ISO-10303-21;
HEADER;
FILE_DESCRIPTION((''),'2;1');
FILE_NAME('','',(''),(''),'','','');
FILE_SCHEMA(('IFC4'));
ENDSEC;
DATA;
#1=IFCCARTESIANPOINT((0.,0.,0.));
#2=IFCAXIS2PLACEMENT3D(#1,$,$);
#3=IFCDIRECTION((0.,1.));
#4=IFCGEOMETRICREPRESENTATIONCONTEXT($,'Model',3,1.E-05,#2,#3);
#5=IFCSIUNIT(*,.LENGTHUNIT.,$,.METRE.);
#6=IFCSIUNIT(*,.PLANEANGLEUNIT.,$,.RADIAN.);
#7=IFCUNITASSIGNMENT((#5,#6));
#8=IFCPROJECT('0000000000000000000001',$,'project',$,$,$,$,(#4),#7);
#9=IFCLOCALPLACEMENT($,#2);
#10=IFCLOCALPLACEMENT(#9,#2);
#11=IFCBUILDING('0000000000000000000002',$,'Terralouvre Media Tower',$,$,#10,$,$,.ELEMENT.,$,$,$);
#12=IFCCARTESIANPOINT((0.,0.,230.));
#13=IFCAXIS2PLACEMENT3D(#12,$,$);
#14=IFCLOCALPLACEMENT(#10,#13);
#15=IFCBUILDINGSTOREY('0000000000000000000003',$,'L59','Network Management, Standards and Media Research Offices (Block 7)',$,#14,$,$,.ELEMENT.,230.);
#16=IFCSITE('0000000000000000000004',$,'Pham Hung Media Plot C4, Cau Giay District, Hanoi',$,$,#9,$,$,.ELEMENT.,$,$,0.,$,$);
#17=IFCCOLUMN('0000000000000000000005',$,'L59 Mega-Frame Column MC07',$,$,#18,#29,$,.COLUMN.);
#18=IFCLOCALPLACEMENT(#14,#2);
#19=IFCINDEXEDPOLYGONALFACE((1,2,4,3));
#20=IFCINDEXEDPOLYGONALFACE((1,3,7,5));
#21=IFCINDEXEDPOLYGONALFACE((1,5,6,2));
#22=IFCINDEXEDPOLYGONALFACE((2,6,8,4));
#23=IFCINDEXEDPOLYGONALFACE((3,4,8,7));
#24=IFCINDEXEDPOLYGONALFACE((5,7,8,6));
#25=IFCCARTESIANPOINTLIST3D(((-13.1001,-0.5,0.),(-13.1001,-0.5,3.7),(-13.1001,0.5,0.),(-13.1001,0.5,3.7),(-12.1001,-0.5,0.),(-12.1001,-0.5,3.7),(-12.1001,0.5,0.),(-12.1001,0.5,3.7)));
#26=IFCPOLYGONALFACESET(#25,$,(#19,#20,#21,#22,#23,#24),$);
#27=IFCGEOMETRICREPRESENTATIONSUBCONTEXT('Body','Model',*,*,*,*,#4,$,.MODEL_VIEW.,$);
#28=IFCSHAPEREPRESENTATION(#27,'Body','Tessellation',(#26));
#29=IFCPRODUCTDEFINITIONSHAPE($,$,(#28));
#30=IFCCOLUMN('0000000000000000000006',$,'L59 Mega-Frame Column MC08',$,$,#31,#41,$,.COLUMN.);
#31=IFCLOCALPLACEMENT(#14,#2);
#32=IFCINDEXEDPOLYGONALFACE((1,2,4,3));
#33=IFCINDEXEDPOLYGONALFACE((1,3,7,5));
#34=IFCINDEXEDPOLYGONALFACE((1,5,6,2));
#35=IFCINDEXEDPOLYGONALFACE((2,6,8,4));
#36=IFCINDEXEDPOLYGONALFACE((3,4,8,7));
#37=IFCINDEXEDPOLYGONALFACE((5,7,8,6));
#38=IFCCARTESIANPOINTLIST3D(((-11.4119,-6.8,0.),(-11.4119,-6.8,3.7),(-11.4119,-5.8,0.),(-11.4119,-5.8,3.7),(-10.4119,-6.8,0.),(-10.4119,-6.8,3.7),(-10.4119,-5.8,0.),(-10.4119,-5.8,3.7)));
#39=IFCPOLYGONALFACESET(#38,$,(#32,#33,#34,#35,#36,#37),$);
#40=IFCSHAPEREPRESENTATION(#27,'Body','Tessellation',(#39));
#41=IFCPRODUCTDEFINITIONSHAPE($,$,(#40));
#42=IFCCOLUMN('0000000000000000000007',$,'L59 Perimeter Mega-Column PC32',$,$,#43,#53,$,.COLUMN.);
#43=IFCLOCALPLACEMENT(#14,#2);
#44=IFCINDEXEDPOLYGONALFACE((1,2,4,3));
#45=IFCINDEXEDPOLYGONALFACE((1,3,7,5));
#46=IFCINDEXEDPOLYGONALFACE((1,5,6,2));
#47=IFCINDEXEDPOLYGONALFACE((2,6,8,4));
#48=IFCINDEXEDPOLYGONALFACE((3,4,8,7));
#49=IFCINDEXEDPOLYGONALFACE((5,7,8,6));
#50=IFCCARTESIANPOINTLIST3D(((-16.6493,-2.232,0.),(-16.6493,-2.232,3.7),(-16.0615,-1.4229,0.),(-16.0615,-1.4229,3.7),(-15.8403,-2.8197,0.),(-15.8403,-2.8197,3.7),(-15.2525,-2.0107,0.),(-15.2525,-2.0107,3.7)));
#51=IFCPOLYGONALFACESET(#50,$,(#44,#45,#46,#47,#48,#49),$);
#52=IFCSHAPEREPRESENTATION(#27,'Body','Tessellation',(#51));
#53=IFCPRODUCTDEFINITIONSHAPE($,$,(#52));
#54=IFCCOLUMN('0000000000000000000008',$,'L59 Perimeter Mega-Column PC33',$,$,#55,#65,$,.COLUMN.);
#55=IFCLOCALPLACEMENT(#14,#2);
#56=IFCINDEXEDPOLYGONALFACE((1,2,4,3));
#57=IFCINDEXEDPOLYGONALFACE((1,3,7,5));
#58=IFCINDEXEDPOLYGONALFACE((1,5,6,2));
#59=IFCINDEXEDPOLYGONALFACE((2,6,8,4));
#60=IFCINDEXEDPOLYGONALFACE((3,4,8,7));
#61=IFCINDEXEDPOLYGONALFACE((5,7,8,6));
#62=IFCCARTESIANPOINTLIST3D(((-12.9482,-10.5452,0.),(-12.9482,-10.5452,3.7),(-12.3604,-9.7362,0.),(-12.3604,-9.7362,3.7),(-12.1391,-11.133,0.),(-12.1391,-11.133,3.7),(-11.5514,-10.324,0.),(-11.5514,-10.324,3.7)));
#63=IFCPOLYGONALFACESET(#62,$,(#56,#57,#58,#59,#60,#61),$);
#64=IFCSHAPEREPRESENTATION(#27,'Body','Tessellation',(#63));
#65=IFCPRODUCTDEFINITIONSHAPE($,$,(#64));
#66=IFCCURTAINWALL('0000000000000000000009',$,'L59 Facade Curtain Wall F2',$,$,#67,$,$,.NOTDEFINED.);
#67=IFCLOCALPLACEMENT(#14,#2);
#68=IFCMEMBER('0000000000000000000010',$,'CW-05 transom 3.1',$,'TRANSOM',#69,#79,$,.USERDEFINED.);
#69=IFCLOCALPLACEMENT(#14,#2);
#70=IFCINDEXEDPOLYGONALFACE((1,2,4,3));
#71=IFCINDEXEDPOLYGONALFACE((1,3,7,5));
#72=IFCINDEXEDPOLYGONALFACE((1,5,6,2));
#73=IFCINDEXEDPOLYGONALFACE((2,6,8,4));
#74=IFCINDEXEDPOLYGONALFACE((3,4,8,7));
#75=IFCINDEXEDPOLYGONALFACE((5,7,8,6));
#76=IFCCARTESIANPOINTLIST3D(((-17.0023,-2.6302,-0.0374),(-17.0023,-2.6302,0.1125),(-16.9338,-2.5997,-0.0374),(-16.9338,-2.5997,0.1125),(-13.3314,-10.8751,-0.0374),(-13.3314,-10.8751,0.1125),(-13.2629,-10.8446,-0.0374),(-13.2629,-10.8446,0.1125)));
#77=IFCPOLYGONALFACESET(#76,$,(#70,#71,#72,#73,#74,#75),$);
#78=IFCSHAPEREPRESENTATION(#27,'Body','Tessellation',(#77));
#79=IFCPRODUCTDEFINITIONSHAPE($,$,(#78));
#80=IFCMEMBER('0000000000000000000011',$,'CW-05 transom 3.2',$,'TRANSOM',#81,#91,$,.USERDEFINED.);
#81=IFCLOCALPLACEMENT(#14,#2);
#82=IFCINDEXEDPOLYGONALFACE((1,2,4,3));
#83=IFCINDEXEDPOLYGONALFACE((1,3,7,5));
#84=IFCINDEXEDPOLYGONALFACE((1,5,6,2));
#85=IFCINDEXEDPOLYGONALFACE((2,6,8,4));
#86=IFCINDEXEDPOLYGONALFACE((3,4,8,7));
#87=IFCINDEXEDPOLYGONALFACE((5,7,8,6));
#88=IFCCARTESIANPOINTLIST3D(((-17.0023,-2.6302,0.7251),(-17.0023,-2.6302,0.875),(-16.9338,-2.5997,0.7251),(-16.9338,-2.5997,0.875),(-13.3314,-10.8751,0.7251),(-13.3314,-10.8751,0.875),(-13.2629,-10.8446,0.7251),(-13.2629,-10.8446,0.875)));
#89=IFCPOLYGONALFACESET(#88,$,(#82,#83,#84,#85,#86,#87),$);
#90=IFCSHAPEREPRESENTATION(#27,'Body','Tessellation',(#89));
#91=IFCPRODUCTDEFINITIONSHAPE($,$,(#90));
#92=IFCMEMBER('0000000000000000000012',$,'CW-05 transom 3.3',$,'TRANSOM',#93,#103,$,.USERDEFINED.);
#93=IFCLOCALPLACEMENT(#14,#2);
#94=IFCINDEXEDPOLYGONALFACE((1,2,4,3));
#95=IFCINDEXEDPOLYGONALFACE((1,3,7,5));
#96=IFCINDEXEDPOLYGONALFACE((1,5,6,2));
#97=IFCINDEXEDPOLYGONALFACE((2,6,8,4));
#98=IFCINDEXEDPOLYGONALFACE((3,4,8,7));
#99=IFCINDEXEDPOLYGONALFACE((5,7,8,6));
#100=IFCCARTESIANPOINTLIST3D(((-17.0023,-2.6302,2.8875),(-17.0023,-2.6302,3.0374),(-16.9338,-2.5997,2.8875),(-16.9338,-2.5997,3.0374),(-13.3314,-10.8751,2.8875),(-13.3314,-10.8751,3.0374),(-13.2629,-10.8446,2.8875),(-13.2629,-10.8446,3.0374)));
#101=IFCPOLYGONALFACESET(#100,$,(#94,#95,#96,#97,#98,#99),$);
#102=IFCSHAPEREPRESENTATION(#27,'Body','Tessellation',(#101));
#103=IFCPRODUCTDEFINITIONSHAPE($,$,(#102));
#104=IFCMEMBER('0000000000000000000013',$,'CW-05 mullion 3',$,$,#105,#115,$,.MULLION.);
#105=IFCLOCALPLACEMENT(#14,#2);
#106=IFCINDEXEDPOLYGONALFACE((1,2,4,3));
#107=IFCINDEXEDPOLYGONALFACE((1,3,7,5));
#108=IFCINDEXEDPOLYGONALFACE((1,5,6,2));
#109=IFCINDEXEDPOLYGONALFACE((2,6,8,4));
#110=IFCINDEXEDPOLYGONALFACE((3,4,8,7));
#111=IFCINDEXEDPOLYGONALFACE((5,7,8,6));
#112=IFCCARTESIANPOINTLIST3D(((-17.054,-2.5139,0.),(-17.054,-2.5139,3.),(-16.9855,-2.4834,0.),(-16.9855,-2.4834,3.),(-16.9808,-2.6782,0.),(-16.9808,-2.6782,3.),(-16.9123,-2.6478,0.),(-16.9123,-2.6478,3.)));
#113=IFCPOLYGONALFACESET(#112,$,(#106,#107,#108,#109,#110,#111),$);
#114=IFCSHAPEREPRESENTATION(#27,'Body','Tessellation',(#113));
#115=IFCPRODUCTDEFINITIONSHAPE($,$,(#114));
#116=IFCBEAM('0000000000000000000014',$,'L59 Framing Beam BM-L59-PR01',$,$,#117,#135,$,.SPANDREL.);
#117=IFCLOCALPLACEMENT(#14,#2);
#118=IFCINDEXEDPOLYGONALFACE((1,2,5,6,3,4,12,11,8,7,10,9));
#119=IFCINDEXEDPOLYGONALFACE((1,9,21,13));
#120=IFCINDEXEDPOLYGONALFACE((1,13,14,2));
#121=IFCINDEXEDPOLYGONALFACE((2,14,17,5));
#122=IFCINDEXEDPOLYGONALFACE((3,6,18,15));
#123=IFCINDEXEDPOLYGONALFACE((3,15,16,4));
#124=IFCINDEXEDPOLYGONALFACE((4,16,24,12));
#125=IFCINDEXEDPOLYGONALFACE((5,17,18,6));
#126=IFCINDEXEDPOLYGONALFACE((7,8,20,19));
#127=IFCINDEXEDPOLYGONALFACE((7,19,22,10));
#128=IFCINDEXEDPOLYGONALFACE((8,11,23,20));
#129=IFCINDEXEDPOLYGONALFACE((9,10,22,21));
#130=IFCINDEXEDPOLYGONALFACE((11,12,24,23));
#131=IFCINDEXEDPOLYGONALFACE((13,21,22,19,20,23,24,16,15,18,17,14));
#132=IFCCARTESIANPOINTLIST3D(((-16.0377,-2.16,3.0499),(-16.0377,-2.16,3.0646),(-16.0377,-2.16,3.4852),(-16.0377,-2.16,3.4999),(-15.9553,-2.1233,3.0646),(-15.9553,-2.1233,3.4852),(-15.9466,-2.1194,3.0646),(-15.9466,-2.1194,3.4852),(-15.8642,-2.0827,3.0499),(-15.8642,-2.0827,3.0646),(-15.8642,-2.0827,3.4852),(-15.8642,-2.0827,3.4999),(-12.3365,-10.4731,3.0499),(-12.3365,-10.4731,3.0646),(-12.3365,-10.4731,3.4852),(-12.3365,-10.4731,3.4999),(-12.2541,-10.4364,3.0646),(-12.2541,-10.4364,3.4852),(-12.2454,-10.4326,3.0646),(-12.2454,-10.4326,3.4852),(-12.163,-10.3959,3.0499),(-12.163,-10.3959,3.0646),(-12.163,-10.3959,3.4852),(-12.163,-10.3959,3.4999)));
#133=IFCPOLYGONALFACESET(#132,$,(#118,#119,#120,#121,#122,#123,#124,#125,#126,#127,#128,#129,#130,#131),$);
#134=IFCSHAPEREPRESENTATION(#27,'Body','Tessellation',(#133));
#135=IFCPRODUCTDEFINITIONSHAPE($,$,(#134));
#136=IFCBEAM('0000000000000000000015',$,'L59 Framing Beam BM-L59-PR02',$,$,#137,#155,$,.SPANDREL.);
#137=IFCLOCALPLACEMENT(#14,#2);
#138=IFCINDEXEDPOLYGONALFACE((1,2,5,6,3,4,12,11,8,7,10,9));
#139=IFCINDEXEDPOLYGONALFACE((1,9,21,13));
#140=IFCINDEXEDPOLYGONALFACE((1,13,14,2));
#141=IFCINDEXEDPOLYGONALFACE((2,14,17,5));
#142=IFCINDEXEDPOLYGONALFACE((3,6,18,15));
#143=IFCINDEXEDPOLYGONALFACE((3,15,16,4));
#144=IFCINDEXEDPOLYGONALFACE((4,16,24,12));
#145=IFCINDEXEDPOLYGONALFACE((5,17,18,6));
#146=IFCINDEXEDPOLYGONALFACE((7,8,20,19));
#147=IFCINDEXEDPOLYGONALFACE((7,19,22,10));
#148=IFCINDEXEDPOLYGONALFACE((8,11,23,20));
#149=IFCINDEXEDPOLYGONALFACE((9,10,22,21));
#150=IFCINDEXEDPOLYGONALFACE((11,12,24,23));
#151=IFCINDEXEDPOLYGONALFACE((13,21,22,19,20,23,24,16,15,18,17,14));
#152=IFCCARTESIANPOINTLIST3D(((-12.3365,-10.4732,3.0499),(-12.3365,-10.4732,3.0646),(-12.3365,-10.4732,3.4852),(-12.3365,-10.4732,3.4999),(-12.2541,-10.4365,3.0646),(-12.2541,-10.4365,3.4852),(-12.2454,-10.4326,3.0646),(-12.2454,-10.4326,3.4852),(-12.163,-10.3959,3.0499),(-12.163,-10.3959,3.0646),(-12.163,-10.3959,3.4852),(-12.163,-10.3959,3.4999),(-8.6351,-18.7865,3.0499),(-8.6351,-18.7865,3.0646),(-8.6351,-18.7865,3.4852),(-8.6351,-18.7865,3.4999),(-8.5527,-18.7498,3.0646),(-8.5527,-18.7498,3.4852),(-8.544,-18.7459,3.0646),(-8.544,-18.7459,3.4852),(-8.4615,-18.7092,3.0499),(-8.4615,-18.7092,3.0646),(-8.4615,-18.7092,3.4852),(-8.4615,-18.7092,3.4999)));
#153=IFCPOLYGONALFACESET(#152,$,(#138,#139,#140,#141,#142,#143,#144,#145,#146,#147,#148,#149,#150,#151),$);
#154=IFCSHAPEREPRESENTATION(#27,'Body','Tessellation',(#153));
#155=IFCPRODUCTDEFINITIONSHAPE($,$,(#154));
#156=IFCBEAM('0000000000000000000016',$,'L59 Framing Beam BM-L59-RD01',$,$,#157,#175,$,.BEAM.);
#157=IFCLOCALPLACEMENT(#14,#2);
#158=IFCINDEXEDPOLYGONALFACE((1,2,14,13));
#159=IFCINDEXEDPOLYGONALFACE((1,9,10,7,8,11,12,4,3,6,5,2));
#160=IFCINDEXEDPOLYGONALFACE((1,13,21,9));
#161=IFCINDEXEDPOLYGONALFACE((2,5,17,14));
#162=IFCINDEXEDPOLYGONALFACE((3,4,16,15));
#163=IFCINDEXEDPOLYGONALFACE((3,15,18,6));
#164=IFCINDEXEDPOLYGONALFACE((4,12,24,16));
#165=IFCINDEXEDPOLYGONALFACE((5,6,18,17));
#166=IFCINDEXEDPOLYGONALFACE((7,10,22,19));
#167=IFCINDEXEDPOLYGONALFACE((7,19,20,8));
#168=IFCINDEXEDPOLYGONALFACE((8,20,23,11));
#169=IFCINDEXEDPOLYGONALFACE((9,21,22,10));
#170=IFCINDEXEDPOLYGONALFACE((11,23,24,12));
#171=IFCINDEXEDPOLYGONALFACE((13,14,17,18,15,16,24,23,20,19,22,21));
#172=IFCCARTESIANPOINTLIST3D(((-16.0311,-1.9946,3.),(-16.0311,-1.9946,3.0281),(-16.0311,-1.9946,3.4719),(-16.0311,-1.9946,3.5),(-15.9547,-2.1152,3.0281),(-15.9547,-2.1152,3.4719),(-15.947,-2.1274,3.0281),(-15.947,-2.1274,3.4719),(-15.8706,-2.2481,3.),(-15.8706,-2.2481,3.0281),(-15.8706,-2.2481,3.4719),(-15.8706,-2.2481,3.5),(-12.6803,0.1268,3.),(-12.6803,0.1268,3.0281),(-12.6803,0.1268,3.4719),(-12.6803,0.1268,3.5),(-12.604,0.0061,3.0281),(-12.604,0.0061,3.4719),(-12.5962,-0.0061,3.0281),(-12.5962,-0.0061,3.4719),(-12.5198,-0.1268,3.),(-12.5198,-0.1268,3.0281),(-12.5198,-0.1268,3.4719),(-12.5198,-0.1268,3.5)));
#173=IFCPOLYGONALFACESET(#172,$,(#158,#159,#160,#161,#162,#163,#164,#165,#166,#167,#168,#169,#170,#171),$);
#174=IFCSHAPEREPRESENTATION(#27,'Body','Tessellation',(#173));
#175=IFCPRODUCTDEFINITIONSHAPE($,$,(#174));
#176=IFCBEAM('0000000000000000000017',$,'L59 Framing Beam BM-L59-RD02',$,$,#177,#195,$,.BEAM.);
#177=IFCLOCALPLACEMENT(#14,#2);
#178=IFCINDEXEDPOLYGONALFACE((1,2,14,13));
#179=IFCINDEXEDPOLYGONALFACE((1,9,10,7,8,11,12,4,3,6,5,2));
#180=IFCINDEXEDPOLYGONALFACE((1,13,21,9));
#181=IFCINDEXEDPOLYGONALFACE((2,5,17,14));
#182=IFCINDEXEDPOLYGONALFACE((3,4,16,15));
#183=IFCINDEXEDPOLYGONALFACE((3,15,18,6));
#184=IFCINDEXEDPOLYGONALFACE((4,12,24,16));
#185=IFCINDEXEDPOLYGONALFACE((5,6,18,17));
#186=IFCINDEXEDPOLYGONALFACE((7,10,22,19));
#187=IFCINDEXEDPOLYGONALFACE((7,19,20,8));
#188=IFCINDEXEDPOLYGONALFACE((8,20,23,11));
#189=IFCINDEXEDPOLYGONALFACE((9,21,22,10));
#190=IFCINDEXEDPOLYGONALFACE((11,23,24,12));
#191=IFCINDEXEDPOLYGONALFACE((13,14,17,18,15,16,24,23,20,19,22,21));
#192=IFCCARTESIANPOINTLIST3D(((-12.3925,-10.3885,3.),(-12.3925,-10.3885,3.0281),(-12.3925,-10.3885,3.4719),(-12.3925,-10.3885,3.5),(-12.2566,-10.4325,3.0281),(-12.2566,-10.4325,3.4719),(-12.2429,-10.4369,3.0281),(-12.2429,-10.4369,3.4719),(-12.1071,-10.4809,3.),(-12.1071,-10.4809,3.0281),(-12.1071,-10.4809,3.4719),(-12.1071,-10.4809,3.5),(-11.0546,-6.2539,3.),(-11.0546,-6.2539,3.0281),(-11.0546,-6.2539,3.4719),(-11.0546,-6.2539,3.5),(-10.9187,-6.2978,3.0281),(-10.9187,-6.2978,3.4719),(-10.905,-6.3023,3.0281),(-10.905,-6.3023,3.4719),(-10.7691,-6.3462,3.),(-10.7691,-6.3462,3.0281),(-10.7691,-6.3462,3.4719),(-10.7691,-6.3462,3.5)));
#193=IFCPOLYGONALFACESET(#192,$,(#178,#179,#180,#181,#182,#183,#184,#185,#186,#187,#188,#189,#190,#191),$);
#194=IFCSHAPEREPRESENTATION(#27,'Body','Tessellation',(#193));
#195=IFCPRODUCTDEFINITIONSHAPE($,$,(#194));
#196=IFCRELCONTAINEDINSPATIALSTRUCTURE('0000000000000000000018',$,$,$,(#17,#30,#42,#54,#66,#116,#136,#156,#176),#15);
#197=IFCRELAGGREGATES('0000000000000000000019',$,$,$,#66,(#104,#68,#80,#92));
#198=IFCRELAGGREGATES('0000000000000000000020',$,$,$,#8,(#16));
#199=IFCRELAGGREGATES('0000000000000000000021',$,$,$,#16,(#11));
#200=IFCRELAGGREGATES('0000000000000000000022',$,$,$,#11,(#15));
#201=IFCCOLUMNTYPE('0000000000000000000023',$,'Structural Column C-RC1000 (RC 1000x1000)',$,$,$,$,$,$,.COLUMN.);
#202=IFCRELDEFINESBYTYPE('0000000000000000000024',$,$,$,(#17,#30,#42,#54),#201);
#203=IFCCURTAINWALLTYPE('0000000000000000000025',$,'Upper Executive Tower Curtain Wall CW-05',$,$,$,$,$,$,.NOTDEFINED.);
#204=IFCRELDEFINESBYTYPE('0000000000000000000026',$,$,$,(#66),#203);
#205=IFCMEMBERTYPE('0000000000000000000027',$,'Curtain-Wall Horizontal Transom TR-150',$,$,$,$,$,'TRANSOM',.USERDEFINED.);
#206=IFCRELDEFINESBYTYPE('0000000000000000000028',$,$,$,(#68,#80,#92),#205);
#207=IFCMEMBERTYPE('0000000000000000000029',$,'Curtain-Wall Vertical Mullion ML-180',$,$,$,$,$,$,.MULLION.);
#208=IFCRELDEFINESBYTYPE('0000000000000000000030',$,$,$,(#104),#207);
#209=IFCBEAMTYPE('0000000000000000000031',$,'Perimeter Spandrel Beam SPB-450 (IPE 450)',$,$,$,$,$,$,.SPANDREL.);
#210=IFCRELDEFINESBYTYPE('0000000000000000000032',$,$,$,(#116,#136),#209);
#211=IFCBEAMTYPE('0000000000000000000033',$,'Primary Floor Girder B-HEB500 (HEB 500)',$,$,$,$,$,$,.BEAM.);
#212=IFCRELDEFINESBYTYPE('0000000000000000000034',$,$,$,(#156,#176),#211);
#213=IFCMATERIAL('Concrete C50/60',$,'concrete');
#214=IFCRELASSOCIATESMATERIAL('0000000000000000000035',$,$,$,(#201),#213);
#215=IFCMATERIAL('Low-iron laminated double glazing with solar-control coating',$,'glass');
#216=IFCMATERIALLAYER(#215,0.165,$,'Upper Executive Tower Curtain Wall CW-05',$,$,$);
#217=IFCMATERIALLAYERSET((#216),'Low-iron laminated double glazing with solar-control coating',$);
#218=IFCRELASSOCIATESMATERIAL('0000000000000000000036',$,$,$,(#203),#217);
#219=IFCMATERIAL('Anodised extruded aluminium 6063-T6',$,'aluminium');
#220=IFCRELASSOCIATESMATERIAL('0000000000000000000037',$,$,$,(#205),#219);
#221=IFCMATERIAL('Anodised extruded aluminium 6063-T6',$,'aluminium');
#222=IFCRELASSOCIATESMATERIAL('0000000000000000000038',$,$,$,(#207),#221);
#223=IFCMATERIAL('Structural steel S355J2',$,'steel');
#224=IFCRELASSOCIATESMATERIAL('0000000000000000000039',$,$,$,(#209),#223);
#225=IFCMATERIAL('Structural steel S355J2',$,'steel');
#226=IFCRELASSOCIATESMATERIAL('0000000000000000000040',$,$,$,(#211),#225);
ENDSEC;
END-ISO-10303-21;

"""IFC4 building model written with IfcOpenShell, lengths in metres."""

from ifc_helpers import new_model, si_unit, direction, frame, origin, origin_2d, place, context, subcontext, project, spatial, rectangle, i_section, extrude, material, layer, layer_set, material_profile, profile_set, type_object, element, aggregate, save


model = new_model("IFC4")

# Units and contexts
model_context = context("Model", 3, precision=1e-05, world=origin(), true_north=direction((0.0, 1.0)))
body_context = subcontext(model_context, "Body", "Model", "MODEL_VIEW")
ifc_project = project(units=[si_unit("LENGTHUNIT", "METRE"), si_unit("PLANEANGLEUNIT", "RADIAN")], contexts=[model_context])

# Site, building, storey
site_placement = place(None, origin())
site = spatial("IfcSite", under=ifc_project, at=site_placement, Name="Pham Hung Media Plot C4, Cau Giay District, Hanoi", CompositionType="ELEMENT", RefElevation=0.0)
building_placement = place(site_placement, origin())
building = spatial("IfcBuilding", under=site, at=building_placement, Name="Terralouvre Media Tower", CompositionType="ELEMENT")
storey_placement = place(building_placement, frame((0.0, 0.0, 230.0)))
storey = spatial("IfcBuildingStorey", under=building, at=storey_placement, Name="L59", Description="Network Management, Standards and Media Research Offices (Block 7)", CompositionType="ELEMENT", Elevation=230.0)

# Columns
ifc_material_1 = material(Name="Concrete C50/60", Category="concrete")
ifc_material_profile_1 = material_profile(ifc_material_1, rectangle(XDim=1.0, YDim=1.0, at=origin_2d()), Name="RC 1000x1000")
ifc_profile_set_1 = profile_set([ifc_material_profile_1], Name="Concrete C50/60")
column_type = type_object("IfcColumnType", Name="Structural Column C-RC1000 (RC 1000x1000)", PredefinedType="COLUMN", material=ifc_profile_set_1)
for number, where, z_axis, x_axis, name in (
    (1, (-12.6001, 0.0, 0.0), (0.0, 0.0, 1.0), (1.0, 0.0, 0.0), "L59 Mega-Frame Column MC07"),
    (2, (-10.9119, -6.3, 0.0), (0.0, 0.0, 1.0), (1.0, 0.0, 0.0), "L59 Mega-Frame Column MC08"),
    (3, (-15.9509, -2.1213, 0.0), (0.0, 0.0, 1.0), (0.587785, 0.809017, 0.0), "L59 Perimeter Mega-Column PC32"),
    (4, (-12.2498, -10.4346, 0.0), (0.0, 0.0, 1.0), (0.587785, 0.809017, 0.0), "L59 Perimeter Mega-Column PC33"),
):
    element("IfcColumn", number, at=place(storey_placement, frame(where, z_axis=z_axis, x_axis=x_axis)), inside=storey, type_object=column_type, Name=name, PredefinedType="COLUMN", context=body_context, shape_type="SweptSolid", body=[
        extrude(rectangle(XDim=1.0, YDim=1.0, at=origin_2d()), origin(), (0.0, 0.0, 1.0), 3.7),
    ])

# Curtain wall, members
ifc_material_2 = material(Name="Low-iron laminated double glazing with solar-control coating", Category="glass")
ifc_layer_1 = layer(ifc_material_2, 0.165, Name="Upper Executive Tower Curtain Wall CW-05")
ifc_layer_set_1 = layer_set([ifc_layer_1], Name="Low-iron laminated double glazing with solar-control coating")
curtain_wall_type = type_object("IfcCurtainWallType", Name="Upper Executive Tower Curtain Wall CW-05", PredefinedType="NOTDEFINED", material=ifc_layer_set_1)
curtain_wall_placement = place(storey_placement, origin())
curtain_wall = element("IfcCurtainWall", 5, at=curtain_wall_placement, inside=storey, type_object=curtain_wall_type, Name="L59 Facade Curtain Wall F2", PredefinedType="NOTDEFINED")
ifc_material_3 = material(Name="Anodised extruded aluminium 6063-T6", Category="aluminium")
ifc_material_profile_2 = material_profile(ifc_material_3, rectangle(XDim=0.075, YDim=0.1499, at=origin_2d()), Name="ALU 75x150")
ifc_profile_set_2 = profile_set([ifc_material_profile_2], Name="Anodised extruded aluminium 6063-T6")
member_type_1 = type_object("IfcMemberType", Name="Curtain-Wall Horizontal Transom TR-150", ElementType="TRANSOM", PredefinedType="USERDEFINED", material=ifc_profile_set_2)
member_1_placement = place(storey_placement, frame((-16.968, -2.615, 0.0376), z_axis=(0.406741, -0.913544, 0.0), x_axis=(0.913544, 0.406741, 0.0)))
member_1 = element("IfcMember", 6, at=member_1_placement, type_object=member_type_1, Name="CW-05 transom 3.1", ObjectType="TRANSOM", PredefinedType="USERDEFINED", context=body_context, shape_type="SweptSolid", body=[
    extrude(rectangle(XDim=0.075, YDim=0.1499, at=origin_2d()), origin(), (0.0, 0.0, 1.0), 9.0251),
])
member_2_placement = place(storey_placement, frame((-16.968, -2.615, 0.8), z_axis=(0.406741, -0.913544, 0.0), x_axis=(0.913544, 0.406741, 0.0)))
member_2 = element("IfcMember", 7, at=member_2_placement, type_object=member_type_1, Name="CW-05 transom 3.2", ObjectType="TRANSOM", PredefinedType="USERDEFINED", context=body_context, shape_type="SweptSolid", body=[
    extrude(rectangle(XDim=0.075, YDim=0.1499, at=origin_2d()), origin(), (0.0, 0.0, 1.0), 9.0251),
])
member_3_placement = place(storey_placement, frame((-16.968, -2.615, 2.9624), z_axis=(0.406741, -0.913544, 0.0), x_axis=(0.913544, 0.406741, 0.0)))
member_3 = element("IfcMember", 8, at=member_3_placement, type_object=member_type_1, Name="CW-05 transom 3.3", ObjectType="TRANSOM", PredefinedType="USERDEFINED", context=body_context, shape_type="SweptSolid", body=[
    extrude(rectangle(XDim=0.075, YDim=0.1499, at=origin_2d()), origin(), (0.0, 0.0, 1.0), 9.0251),
])
ifc_material_4 = material(Name="Anodised extruded aluminium 6063-T6", Category="aluminium")
ifc_material_profile_3 = material_profile(ifc_material_4, rectangle(XDim=0.075, YDim=0.1799, at=origin_2d()), Name="ALU 75x180")
ifc_profile_set_3 = profile_set([ifc_material_profile_3], Name="Anodised extruded aluminium 6063-T6")
member_type_2 = type_object("IfcMemberType", Name="Curtain-Wall Vertical Mullion ML-180", PredefinedType="MULLION", material=ifc_profile_set_3)
member_4_placement = place(storey_placement, frame((-16.9832, -2.5808, 0.0), z_axis=(0.0, 0.0, 1.0), x_axis=(0.913545, 0.406737, 0.0)))
member_4 = element("IfcMember", 9, at=member_4_placement, type_object=member_type_2, Name="CW-05 mullion 3", PredefinedType="MULLION", context=body_context, shape_type="SweptSolid", body=[
    extrude(rectangle(XDim=0.075, YDim=0.1799, at=origin_2d()), origin(), (0.0, 0.0, 1.0), 3.0),
])

# Beams
ifc_material_5 = material(Name="Structural steel S355J2", Category="steel")
ifc_material_profile_4 = material_profile(ifc_material_5, i_section(OverallWidth=0.1899, OverallDepth=0.45, WebThickness=0.0095, FlangeThickness=0.0146, at=origin_2d()), Name="IPE 450")
ifc_profile_set_4 = profile_set([ifc_material_profile_4], Name="Structural steel S355J2")
beam_type_1 = type_object("IfcBeamType", Name="Perimeter Spandrel Beam SPB-450 (IPE 450)", PredefinedType="SPANDREL", material=ifc_profile_set_4)
beam_1_placement = place(storey_placement, frame((-15.9509, -2.1213, 3.2749), z_axis=(0.406726, -0.91355, 0.0), x_axis=(0.91355, 0.406726, 0.0)))
element("IfcBeam", 10, at=beam_1_placement, inside=storey, type_object=beam_type_1, Name="L59 Framing Beam BM-L59-PR01", PredefinedType="SPANDREL", context=body_context, shape_type="SweptSolid", body=[
    extrude(i_section(OverallWidth=0.1899, OverallDepth=0.45, WebThickness=0.0095, FlangeThickness=0.0146, at=origin_2d()), origin(), (0.0, 0.0, 1.0), 9.0999),
])
beam_2_placement = place(storey_placement, frame((-12.2498, -10.4346, 3.2749), z_axis=(0.406748, -0.91354, 0.0), x_axis=(0.91354, 0.406748, 0.0)))
element("IfcBeam", 11, at=beam_2_placement, inside=storey, type_object=beam_type_1, Name="L59 Framing Beam BM-L59-PR02", PredefinedType="SPANDREL", context=body_context, shape_type="SweptSolid", body=[
    extrude(i_section(OverallWidth=0.1899, OverallDepth=0.45, WebThickness=0.0095, FlangeThickness=0.0146, at=origin_2d()), origin(), (0.0, 0.0, 1.0), 9.1001),
])
ifc_material_6 = material(Name="Structural steel S355J2", Category="steel")
ifc_material_profile_5 = material_profile(ifc_material_6, i_section(OverallWidth=0.3, OverallDepth=0.5, WebThickness=0.0144, FlangeThickness=0.0281, at=origin_2d()), Name="HEB 500")
ifc_profile_set_5 = profile_set([ifc_material_profile_5], Name="Structural steel S355J2")
beam_type_2 = type_object("IfcBeamType", Name="Primary Floor Girder B-HEB500 (HEB 500)", PredefinedType="BEAM", material=ifc_profile_set_5)
beam_3_placement = place(storey_placement, frame((-12.6001, 0.0, 3.25), z_axis=(-0.844916, -0.534898, 0.0), x_axis=(0.534898, -0.844916, 0.0)))
element("IfcBeam", 12, at=beam_3_placement, inside=storey, type_object=beam_type_2, Name="L59 Framing Beam BM-L59-RD01", PredefinedType="BEAM", context=body_context, shape_type="SweptSolid", body=[
    extrude(i_section(OverallWidth=0.3, OverallDepth=0.5, WebThickness=0.0144, FlangeThickness=0.0281, at=origin_2d()), origin(), (0.0, 0.0, 1.0), 3.9658),
])
beam_4_placement = place(storey_placement, frame((-10.9119, -6.3, 3.25), z_axis=(-0.307873, -0.951428, 0.0), x_axis=(0.951428, -0.307873, 0.0)))
element("IfcBeam", 13, at=beam_4_placement, inside=storey, type_object=beam_type_2, Name="L59 Framing Beam BM-L59-RD02", PredefinedType="BEAM", context=body_context, shape_type="SweptSolid", body=[
    extrude(i_section(OverallWidth=0.3, OverallDepth=0.5, WebThickness=0.0144, FlangeThickness=0.0281, at=origin_2d()), origin(), (0.0, 0.0, 1.0), 4.3457),
])

aggregate(curtain_wall, [member_4, member_1, member_2, member_3])

save(model, "model.ifc")
